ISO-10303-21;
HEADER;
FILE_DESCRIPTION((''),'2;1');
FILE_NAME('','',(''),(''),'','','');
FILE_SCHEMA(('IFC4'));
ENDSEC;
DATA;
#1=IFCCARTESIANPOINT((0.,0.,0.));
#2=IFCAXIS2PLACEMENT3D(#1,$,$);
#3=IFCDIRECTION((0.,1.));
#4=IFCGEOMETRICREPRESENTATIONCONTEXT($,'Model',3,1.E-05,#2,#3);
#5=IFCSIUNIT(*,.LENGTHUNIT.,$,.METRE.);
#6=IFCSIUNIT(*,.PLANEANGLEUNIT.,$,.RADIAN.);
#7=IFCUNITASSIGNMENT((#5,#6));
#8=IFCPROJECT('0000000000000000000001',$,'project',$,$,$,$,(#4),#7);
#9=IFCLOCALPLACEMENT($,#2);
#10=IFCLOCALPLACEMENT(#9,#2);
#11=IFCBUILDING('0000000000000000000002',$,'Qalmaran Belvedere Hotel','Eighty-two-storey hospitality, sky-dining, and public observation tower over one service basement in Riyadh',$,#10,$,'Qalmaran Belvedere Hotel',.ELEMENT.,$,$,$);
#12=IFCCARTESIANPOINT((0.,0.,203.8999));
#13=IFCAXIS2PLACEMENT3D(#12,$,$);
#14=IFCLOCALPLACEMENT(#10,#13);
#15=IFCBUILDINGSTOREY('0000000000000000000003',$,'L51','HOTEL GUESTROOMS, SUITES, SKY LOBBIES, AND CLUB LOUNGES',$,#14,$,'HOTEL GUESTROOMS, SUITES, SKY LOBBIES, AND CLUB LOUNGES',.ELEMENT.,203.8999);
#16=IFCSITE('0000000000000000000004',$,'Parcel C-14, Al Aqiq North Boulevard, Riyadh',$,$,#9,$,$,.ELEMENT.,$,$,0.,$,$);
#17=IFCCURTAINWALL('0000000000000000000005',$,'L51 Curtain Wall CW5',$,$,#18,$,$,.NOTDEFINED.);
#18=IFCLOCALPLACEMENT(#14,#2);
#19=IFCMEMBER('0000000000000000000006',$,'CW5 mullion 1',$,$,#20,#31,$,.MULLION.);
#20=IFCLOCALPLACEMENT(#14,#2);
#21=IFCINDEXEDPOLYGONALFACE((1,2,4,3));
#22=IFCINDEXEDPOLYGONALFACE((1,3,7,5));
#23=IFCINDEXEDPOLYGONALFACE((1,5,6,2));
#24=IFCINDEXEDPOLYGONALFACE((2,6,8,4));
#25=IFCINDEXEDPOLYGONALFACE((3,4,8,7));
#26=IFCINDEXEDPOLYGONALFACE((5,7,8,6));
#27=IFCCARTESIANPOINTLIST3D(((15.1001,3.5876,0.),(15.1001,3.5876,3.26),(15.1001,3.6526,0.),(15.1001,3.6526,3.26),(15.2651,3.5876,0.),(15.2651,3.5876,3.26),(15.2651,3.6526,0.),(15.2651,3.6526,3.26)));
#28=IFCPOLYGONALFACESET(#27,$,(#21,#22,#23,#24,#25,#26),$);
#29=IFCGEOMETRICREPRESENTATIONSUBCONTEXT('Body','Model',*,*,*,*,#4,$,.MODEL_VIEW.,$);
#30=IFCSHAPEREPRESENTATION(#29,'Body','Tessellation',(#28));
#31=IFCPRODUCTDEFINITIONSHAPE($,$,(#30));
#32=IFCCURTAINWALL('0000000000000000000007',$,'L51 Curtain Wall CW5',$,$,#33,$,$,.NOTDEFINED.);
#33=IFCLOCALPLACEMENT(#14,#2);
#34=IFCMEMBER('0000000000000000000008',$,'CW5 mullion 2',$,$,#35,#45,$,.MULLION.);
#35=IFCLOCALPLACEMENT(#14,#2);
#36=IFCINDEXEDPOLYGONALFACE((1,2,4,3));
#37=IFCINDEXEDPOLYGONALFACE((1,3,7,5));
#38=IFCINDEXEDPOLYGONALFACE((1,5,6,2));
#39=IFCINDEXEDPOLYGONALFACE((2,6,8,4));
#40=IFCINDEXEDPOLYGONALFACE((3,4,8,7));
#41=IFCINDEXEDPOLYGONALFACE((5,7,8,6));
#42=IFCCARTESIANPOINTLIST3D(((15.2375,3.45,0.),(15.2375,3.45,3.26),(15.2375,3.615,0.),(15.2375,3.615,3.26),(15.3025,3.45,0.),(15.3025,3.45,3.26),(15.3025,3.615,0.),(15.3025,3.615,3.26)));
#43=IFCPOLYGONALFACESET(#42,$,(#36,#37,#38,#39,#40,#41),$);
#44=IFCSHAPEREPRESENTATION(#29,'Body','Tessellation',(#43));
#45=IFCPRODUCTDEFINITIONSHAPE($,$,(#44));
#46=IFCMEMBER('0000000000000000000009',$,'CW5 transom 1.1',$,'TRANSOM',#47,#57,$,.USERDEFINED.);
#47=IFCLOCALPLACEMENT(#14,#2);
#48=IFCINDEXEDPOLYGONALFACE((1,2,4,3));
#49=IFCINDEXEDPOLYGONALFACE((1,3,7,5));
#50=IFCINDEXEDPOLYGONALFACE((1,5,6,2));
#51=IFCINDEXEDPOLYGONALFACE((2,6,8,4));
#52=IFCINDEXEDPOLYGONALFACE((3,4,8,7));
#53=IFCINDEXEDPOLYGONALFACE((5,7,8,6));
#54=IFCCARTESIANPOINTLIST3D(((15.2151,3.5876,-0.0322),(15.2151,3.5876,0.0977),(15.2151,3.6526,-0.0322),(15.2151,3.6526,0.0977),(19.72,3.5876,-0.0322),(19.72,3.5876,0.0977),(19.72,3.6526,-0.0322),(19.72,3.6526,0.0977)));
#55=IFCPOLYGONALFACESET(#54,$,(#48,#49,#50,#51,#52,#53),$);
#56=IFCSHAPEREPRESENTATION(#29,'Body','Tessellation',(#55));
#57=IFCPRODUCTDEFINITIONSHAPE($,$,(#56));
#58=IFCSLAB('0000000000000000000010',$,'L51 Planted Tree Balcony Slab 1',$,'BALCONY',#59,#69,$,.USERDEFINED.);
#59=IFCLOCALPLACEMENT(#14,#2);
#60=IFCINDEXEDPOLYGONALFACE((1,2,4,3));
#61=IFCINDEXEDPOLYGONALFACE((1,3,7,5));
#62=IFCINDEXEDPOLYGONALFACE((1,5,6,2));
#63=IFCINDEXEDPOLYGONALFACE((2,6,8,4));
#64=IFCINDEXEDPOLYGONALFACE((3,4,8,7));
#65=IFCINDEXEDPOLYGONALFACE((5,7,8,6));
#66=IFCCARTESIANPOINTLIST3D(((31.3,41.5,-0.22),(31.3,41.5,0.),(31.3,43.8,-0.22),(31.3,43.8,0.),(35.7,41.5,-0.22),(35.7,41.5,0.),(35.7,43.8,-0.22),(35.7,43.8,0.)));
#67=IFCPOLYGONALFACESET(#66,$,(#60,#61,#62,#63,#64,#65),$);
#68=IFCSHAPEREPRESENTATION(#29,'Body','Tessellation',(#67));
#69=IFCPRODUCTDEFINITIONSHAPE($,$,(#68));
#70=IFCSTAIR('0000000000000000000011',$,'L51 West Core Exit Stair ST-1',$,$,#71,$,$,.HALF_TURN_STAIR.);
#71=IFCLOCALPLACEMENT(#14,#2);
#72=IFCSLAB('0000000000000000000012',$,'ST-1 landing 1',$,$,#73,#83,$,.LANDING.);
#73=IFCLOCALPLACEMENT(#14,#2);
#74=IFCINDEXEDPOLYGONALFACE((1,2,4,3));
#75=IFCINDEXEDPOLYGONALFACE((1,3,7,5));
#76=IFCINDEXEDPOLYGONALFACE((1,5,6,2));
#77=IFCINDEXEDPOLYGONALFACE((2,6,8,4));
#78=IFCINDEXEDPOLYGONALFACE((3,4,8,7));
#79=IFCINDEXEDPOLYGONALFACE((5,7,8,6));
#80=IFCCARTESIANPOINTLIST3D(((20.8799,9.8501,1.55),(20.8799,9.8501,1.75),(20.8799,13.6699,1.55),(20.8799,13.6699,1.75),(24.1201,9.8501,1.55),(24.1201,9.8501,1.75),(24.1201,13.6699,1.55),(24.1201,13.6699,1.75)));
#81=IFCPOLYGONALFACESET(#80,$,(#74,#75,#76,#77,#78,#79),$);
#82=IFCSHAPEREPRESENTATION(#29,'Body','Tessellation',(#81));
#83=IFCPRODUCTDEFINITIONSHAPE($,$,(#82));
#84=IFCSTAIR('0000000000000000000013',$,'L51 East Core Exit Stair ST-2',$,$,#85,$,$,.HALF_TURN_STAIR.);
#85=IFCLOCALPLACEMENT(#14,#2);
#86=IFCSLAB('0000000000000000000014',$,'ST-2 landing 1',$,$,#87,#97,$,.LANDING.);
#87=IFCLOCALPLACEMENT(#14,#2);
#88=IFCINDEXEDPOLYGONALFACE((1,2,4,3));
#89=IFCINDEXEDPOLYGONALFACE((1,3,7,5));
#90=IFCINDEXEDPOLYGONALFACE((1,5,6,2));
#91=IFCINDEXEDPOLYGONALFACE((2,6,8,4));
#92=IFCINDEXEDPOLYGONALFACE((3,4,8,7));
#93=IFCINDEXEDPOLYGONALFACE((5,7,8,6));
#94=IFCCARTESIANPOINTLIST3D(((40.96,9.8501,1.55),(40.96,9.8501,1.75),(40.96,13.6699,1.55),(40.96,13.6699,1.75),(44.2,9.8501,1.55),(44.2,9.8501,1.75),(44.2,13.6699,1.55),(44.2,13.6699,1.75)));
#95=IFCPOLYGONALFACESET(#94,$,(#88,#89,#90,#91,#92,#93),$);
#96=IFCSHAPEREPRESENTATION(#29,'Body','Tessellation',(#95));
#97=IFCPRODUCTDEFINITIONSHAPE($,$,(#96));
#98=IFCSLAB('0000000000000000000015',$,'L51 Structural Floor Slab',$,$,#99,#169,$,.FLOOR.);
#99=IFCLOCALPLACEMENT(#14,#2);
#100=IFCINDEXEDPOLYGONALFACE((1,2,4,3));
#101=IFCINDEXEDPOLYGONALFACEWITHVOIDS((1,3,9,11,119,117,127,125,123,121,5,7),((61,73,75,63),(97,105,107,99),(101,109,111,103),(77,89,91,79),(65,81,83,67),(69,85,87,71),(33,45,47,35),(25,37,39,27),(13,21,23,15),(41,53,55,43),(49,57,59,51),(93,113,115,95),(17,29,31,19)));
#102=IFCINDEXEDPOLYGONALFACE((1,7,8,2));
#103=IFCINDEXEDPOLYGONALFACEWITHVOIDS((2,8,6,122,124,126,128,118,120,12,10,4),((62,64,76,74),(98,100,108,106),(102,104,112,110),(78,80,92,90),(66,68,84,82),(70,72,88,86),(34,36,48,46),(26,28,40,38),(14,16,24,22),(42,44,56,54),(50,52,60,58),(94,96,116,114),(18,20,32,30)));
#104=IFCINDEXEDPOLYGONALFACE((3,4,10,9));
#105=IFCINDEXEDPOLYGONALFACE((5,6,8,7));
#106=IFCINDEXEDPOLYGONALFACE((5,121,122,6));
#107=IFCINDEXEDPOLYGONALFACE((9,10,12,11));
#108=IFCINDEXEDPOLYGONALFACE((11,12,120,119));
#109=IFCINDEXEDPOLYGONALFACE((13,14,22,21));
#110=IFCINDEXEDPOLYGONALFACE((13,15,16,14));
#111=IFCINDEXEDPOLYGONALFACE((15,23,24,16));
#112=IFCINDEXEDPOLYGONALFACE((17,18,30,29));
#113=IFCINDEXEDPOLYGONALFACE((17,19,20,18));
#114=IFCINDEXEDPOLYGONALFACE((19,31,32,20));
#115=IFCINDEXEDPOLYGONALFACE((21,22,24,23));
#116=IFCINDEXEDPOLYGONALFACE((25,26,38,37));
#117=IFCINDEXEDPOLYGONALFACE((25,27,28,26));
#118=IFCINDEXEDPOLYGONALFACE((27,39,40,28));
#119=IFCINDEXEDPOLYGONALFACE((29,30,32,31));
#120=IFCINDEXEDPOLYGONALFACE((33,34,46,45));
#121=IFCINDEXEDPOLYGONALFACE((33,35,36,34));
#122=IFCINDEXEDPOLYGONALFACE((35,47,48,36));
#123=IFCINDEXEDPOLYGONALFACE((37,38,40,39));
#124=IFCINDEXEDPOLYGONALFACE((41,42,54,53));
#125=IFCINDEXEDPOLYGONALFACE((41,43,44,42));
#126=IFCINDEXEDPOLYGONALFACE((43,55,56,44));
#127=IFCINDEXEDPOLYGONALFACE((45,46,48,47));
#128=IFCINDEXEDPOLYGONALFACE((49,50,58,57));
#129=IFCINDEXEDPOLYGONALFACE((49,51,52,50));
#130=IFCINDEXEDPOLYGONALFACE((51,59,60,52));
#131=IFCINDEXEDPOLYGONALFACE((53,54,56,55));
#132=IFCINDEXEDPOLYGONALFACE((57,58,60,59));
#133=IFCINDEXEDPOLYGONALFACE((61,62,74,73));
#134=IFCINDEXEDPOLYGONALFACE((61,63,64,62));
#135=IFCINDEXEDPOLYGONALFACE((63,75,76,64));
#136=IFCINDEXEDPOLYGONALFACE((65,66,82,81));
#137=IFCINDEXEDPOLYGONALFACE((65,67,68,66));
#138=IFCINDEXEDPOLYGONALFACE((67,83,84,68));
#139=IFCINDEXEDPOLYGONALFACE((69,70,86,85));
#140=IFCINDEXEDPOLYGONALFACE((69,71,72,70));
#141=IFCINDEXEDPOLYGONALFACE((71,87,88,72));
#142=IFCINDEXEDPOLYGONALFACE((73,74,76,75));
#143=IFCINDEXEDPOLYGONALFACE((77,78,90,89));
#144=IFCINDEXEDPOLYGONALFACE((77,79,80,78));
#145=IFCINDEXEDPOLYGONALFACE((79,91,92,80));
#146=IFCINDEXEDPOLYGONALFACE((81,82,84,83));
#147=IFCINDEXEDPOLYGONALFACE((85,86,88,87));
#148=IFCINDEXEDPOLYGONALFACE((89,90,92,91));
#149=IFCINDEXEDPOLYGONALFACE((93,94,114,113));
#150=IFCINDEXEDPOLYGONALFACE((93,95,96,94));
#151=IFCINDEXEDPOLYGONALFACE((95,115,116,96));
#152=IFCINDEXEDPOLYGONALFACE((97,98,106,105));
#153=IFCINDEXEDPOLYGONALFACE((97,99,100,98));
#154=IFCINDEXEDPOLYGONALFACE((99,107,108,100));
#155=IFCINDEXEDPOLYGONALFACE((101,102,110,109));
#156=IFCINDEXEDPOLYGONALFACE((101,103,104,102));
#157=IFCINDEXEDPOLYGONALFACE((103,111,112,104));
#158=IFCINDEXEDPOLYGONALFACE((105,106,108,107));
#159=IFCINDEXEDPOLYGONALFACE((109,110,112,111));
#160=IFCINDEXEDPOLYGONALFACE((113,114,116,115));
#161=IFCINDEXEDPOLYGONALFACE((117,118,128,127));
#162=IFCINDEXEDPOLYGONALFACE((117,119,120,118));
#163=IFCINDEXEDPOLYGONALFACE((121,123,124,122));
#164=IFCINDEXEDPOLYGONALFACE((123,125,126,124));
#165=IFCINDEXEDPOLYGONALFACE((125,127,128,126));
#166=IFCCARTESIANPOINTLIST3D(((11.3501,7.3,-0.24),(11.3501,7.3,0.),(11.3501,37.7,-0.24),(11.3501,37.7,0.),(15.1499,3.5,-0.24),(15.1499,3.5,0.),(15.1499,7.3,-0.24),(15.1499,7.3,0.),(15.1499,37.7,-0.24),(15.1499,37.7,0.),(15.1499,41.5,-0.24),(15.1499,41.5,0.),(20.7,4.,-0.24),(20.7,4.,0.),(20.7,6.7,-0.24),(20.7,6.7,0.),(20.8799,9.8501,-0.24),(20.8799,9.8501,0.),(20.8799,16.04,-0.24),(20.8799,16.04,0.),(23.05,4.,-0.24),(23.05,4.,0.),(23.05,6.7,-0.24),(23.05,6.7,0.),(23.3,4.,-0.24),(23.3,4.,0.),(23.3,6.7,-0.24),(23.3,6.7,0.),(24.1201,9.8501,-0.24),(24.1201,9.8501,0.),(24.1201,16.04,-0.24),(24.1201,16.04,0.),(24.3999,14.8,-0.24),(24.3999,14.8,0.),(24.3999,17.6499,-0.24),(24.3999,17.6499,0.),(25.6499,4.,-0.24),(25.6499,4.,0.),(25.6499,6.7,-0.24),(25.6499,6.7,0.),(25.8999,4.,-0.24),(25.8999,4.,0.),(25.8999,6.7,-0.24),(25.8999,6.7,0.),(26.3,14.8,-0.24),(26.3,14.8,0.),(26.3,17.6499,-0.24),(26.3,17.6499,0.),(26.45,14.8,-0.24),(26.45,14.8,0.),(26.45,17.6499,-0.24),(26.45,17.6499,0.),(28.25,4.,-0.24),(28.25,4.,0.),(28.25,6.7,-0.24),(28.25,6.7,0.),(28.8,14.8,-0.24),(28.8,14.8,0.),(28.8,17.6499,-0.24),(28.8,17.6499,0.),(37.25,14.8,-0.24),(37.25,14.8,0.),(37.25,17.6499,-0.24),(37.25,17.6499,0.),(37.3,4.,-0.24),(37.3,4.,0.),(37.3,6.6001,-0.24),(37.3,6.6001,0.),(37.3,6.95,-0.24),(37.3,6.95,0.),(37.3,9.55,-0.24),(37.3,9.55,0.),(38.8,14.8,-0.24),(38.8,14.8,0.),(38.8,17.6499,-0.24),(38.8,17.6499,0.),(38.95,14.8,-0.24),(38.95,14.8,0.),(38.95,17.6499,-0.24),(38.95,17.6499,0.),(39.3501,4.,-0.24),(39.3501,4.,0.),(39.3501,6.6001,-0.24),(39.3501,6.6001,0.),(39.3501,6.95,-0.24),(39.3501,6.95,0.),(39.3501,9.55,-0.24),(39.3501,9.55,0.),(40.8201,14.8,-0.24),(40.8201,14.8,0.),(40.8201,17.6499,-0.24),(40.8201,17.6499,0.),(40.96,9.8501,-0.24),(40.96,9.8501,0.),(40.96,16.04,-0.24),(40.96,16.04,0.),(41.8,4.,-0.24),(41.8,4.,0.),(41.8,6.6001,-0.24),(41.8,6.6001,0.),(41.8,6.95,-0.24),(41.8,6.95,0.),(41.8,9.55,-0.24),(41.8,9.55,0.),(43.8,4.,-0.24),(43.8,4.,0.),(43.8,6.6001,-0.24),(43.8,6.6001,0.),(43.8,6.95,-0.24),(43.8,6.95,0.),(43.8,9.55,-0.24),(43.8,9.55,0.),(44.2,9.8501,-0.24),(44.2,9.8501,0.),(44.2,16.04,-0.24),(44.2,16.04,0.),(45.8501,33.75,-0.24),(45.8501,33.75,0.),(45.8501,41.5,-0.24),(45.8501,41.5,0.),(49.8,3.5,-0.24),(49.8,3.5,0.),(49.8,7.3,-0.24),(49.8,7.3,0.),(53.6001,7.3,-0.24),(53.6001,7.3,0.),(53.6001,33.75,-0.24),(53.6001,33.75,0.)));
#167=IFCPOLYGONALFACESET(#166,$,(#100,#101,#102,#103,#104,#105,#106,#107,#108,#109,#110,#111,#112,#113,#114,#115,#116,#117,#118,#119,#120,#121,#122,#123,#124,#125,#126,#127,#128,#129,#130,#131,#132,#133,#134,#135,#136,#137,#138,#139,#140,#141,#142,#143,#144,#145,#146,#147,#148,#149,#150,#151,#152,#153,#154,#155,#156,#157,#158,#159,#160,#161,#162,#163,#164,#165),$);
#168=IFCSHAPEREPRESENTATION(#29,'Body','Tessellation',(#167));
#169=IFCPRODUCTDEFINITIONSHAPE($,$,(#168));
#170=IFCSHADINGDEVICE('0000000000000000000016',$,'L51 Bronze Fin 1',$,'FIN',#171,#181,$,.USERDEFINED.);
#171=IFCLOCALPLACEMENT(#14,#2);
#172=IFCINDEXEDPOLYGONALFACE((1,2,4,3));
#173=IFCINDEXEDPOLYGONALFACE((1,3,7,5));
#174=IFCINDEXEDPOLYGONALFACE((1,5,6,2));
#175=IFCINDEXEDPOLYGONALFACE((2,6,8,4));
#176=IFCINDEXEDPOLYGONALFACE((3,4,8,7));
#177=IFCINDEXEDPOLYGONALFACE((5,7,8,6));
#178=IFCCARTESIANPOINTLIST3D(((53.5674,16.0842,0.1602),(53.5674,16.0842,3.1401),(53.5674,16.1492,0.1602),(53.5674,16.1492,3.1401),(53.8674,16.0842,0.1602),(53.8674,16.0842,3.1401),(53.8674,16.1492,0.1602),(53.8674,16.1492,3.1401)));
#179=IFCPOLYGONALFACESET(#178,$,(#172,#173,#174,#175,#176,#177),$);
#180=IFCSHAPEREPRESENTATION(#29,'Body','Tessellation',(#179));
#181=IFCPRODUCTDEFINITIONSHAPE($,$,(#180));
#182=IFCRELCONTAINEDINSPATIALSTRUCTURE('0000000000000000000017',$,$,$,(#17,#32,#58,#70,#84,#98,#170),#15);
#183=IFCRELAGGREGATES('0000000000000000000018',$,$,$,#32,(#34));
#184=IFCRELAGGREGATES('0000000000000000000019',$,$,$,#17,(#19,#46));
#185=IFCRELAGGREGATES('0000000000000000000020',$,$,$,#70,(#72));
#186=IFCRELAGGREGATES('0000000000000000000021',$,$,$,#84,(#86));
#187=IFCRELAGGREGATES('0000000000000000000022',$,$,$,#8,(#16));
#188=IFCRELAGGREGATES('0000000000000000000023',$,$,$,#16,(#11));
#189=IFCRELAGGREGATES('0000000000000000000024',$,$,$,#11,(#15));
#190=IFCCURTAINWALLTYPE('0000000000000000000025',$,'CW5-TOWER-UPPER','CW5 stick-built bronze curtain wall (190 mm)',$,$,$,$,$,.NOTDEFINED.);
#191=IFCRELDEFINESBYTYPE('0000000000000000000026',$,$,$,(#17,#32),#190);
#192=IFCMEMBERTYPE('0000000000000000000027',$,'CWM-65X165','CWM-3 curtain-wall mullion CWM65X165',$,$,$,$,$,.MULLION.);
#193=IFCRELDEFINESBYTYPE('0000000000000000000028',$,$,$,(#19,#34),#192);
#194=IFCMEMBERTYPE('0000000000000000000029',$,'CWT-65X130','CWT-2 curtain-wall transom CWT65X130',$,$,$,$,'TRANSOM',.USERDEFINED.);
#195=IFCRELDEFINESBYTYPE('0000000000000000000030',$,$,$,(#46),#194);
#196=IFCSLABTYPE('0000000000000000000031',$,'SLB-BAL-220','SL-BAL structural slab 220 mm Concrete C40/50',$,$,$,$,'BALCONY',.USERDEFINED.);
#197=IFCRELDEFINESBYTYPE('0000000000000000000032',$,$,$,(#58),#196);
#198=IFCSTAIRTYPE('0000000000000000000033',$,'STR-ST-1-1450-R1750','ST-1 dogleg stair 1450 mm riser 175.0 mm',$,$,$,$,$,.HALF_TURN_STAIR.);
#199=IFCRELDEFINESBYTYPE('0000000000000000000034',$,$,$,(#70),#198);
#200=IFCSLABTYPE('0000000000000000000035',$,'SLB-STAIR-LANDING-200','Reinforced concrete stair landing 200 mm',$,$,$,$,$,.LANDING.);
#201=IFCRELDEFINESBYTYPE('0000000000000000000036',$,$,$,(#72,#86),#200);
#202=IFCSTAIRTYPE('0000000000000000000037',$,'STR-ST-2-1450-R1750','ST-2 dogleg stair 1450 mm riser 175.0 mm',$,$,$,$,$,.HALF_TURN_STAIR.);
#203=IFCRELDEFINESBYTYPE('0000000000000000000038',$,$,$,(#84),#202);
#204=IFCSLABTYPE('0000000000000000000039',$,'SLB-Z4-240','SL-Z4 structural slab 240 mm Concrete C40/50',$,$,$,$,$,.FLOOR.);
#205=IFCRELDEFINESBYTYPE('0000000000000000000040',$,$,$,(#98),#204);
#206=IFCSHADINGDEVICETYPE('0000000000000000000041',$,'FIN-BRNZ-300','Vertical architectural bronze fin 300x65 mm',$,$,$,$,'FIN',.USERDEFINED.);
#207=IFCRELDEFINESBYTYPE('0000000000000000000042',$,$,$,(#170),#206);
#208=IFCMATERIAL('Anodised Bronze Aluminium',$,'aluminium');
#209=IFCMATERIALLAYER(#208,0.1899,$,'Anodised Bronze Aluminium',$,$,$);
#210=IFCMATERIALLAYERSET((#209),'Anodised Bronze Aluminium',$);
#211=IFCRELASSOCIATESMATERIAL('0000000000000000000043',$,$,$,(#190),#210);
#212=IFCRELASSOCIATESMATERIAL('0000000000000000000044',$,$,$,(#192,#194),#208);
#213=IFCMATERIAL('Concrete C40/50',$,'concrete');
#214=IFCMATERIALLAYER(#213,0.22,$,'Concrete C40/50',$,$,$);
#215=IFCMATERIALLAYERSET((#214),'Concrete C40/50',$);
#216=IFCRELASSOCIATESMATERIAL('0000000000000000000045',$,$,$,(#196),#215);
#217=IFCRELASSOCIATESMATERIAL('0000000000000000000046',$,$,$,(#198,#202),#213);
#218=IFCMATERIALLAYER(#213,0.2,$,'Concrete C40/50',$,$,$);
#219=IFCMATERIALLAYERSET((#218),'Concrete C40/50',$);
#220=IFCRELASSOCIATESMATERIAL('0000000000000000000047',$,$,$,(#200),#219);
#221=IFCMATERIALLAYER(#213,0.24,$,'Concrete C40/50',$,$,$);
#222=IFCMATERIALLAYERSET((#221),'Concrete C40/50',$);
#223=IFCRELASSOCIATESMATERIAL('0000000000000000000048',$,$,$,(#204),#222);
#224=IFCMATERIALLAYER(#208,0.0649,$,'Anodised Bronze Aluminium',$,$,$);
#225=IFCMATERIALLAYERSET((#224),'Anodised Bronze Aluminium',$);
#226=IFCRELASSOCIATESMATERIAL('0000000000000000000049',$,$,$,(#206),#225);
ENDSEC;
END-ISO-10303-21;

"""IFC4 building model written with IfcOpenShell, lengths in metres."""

from ifc_helpers import new_model, si_unit, direction, frame, origin, origin_2d, place, context, subcontext, project, spatial, polyline, rectangle, outline, extrude, material, layer, layer_set, material_profile, profile_set, type_object, element, aggregate, save


model = new_model("IFC4")

# Units and contexts
model_context = context("Model", 3, precision=1e-05, world=origin(), true_north=direction((0.0, 1.0)))
body_context = subcontext(model_context, "Body", "Model", "MODEL_VIEW")
ifc_project = project(units=[si_unit("LENGTHUNIT", "METRE"), si_unit("PLANEANGLEUNIT", "RADIAN")], contexts=[model_context])

# Site, building, storey
site_placement = place(None, origin())
site = spatial("IfcSite", under=ifc_project, at=site_placement, Name="Parcel C-14, Al Aqiq North Boulevard, Riyadh", CompositionType="ELEMENT", RefElevation=0.0)
building_placement = place(site_placement, origin())
building = spatial("IfcBuilding", under=site, at=building_placement, Name="Qalmaran Belvedere Hotel", Description="Eighty-two-storey hospitality, sky-dining, and public observation tower over one service basement in Riyadh", LongName="Qalmaran Belvedere Hotel", CompositionType="ELEMENT")
storey_placement = place(building_placement, frame((0.0, 0.0, 203.8999)))
storey = spatial("IfcBuildingStorey", under=building, at=storey_placement, Name="L51", Description="HOTEL GUESTROOMS, SUITES, SKY LOBBIES, AND CLUB LOUNGES", LongName="HOTEL GUESTROOMS, SUITES, SKY LOBBIES, AND CLUB LOUNGES", CompositionType="ELEMENT", Elevation=203.8999)

# Curtain walls, members
ifc_material_1 = material(Name="Anodised Bronze Aluminium", Category="aluminium")
ifc_layer_1 = layer(ifc_material_1, 0.1899, Name="Anodised Bronze Aluminium")
ifc_layer_set_1 = layer_set([ifc_layer_1], Name="Anodised Bronze Aluminium")
curtain_wall_type = type_object("IfcCurtainWallType", Name="CW5-TOWER-UPPER", Description="CW5 stick-built bronze curtain wall (190 mm)", PredefinedType="NOTDEFINED", material=ifc_layer_set_1)
curtain_wall_1_placement = place(storey_placement, origin())
curtain_wall_1 = element("IfcCurtainWall", 1, at=curtain_wall_1_placement, inside=storey, type_object=curtain_wall_type, Name="L51 Curtain Wall CW5", PredefinedType="NOTDEFINED")
ifc_material_profile_1 = material_profile(ifc_material_1, rectangle(XDim=0.0649, YDim=0.165, at=origin_2d()), Name="CWM65X165")
ifc_profile_set_1 = profile_set([ifc_material_profile_1], Name="Anodised Bronze Aluminium")
member_type_1 = type_object("IfcMemberType", Name="CWM-65X165", Description="CWM-3 curtain-wall mullion CWM65X165", PredefinedType="MULLION", material=ifc_profile_set_1)
member_1_placement = place(storey_placement, frame((15.1826, 3.6201, 0.0), z_axis=(0.0, 0.0, 1.0), x_axis=(0.0, 1.0, 0.0)))
member_1 = element("IfcMember", 2, at=member_1_placement, type_object=member_type_1, Name="CW5 mullion 1", PredefinedType="MULLION", context=body_context, shape_type="SweptSolid", body=[
    extrude(rectangle(XDim=0.0649, YDim=0.165, at=origin_2d()), origin(), (0.0, 0.0, 1.0), 3.26),
])
curtain_wall_2_placement = place(storey_placement, origin())
curtain_wall_2 = element("IfcCurtainWall", 3, at=curtain_wall_2_placement, inside=storey, type_object=curtain_wall_type, Name="L51 Curtain Wall CW5", PredefinedType="NOTDEFINED")
member_2_placement = place(storey_placement, frame((15.27, 3.5325, 0.0), z_axis=(0.0, 0.0, 1.0), x_axis=(1.0, 0.0, 0.0)))
member_2 = element("IfcMember", 4, at=member_2_placement, type_object=member_type_1, Name="CW5 mullion 2", PredefinedType="MULLION", context=body_context, shape_type="SweptSolid", body=[
    extrude(rectangle(XDim=0.0649, YDim=0.165, at=origin_2d()), origin(), (0.0, 0.0, 1.0), 3.26),
])
aggregate(curtain_wall_2, [member_2])

# Member
ifc_material_profile_2 = material_profile(ifc_material_1, rectangle(XDim=0.0649, YDim=0.1299, at=origin_2d()), Name="CWT65X130")
ifc_profile_set_2 = profile_set([ifc_material_profile_2], Name="Anodised Bronze Aluminium")
member_type_2 = type_object("IfcMemberType", Name="CWT-65X130", Description="CWT-2 curtain-wall transom CWT65X130", ElementType="TRANSOM", PredefinedType="USERDEFINED", material=ifc_profile_set_2)
member_3_placement = place(storey_placement, frame((15.2151, 3.6201, 0.0327), z_axis=(1.0, 0.0, 0.0), x_axis=(0.0, 1.0, 0.0)))
member_3 = element("IfcMember", 5, at=member_3_placement, type_object=member_type_2, Name="CW5 transom 1.1", ObjectType="TRANSOM", PredefinedType="USERDEFINED", context=body_context, shape_type="SweptSolid", body=[
    extrude(rectangle(XDim=0.0649, YDim=0.1299, at=origin_2d()), origin(), (0.0, 0.0, 1.0), 4.5049),
])
aggregate(curtain_wall_1, [member_1, member_3])

# Slab
ifc_material_2 = material(Name="Concrete C40/50", Category="concrete")
ifc_layer_2 = layer(ifc_material_2, 0.22, Name="Concrete C40/50")
ifc_layer_set_2 = layer_set([ifc_layer_2], Name="Concrete C40/50")
slab_type_1 = type_object("IfcSlabType", Name="SLB-BAL-220", Description="SL-BAL structural slab 220 mm Concrete C40/50", ElementType="BALCONY", PredefinedType="USERDEFINED", material=ifc_layer_set_2)
slab_1_placement = place(storey_placement, frame((0.0, 0.0, -0.22)))
element("IfcSlab", 6, at=slab_1_placement, inside=storey, type_object=slab_type_1, Name="L51 Planted Tree Balcony Slab 1", ObjectType="BALCONY", PredefinedType="USERDEFINED", context=body_context, shape_type="SweptSolid", body=[
    extrude(outline(polyline([(31.3, 41.5), (35.7, 41.5), (35.7, 43.8), (31.3, 43.8), (31.3, 41.5)])), origin(), (0.0, 0.0, 1.0), 0.22),
])

# Stairs, slabs
stair_type_1 = type_object("IfcStairType", Name="STR-ST-1-1450-R1750", Description="ST-1 dogleg stair 1450 mm riser 175.0 mm", PredefinedType="HALF_TURN_STAIR", material=ifc_material_2)
stair_1_placement = place(storey_placement, origin())
stair_1 = element("IfcStair", 7, at=stair_1_placement, inside=storey, type_object=stair_type_1, Name="L51 West Core Exit Stair ST-1", PredefinedType="HALF_TURN_STAIR")
ifc_layer_3 = layer(ifc_material_2, 0.2, Name="Concrete C40/50")
ifc_layer_set_3 = layer_set([ifc_layer_3], Name="Concrete C40/50")
slab_type_2 = type_object("IfcSlabType", Name="SLB-STAIR-LANDING-200", Description="Reinforced concrete stair landing 200 mm", PredefinedType="LANDING", material=ifc_layer_set_3)
slab_2_placement = place(storey_placement, frame((0.0, 0.0, 1.55)))
slab_2 = element("IfcSlab", 8, at=slab_2_placement, type_object=slab_type_2, Name="ST-1 landing 1", PredefinedType="LANDING", context=body_context, shape_type="SweptSolid", body=[
    extrude(outline(polyline([(20.8799, 13.6699), (20.8799, 9.8501), (24.1201, 9.8501), (24.1201, 13.6699), (20.8799, 13.6699)])), origin(), (0.0, 0.0, 1.0), 0.2),
])
aggregate(stair_1, [slab_2])
stair_type_2 = type_object("IfcStairType", Name="STR-ST-2-1450-R1750", Description="ST-2 dogleg stair 1450 mm riser 175.0 mm", PredefinedType="HALF_TURN_STAIR", material=ifc_material_2)
stair_2_placement = place(storey_placement, origin())
stair_2 = element("IfcStair", 9, at=stair_2_placement, inside=storey, type_object=stair_type_2, Name="L51 East Core Exit Stair ST-2", PredefinedType="HALF_TURN_STAIR")
slab_3_placement = place(storey_placement, frame((0.0, 0.0, 1.55)))
slab_3 = element("IfcSlab", 10, at=slab_3_placement, type_object=slab_type_2, Name="ST-2 landing 1", PredefinedType="LANDING", context=body_context, shape_type="SweptSolid", body=[
    extrude(outline(polyline([(40.96, 13.6699), (40.96, 9.8501), (44.2, 9.8501), (44.2, 13.6699), (40.96, 13.6699)])), origin(), (0.0, 0.0, 1.0), 0.2),
])
aggregate(stair_2, [slab_3])

# Slab
ifc_layer_4 = layer(ifc_material_2, 0.24, Name="Concrete C40/50")
ifc_layer_set_4 = layer_set([ifc_layer_4], Name="Concrete C40/50")
slab_type_3 = type_object("IfcSlabType", Name="SLB-Z4-240", Description="SL-Z4 structural slab 240 mm Concrete C40/50", PredefinedType="FLOOR", material=ifc_layer_set_4)
slab_4_placement = place(storey_placement, frame((0.0, 0.0, -0.24)))
element("IfcSlab", 11, at=slab_4_placement, inside=storey, type_object=slab_type_3, Name="L51 Structural Floor Slab", PredefinedType="FLOOR", context=body_context, shape_type="SweptSolid", body=[
    extrude(outline(polyline([(15.1499, 3.5), (49.8, 3.5), (49.8, 7.3), (53.6001, 7.3), (53.6001, 33.75), (45.8501, 33.75), (45.8501, 41.5), (15.1499, 41.5), (15.1499, 37.7), (11.3501, 37.7), (11.3501, 7.3), (15.1499, 7.3), (15.1499, 3.5)]), holes=[polyline([(20.8799, 9.8501), (24.1201, 9.8501), (24.1201, 16.04), (20.8799, 16.04), (20.8799, 9.8501)]), polyline([(40.96, 9.8501), (44.2, 9.8501), (44.2, 16.04), (40.96, 16.04), (40.96, 9.8501)]), polyline([(37.3, 4.0), (39.3501, 4.0), (39.3501, 6.6001), (37.3, 6.6001), (37.3, 4.0)]), polyline([(37.3, 6.95), (39.3501, 6.95), (39.3501, 9.55), (37.3, 9.55), (37.3, 6.95)]), polyline([(41.8, 4.0), (43.8, 4.0), (43.8, 6.6001), (41.8, 6.6001), (41.8, 4.0)]), polyline([(41.8, 6.95), (43.8, 6.95), (43.8, 9.55), (41.8, 9.55), (41.8, 6.95)]), polyline([(20.7, 4.0), (23.05, 4.0), (23.05, 6.7), (20.7, 6.7), (20.7, 4.0)]), polyline([(23.3, 4.0), (25.6499, 4.0), (25.6499, 6.7), (23.3, 6.7), (23.3, 4.0)]), polyline([(25.8999, 4.0), (28.25, 4.0), (28.25, 6.7), (25.8999, 6.7), (25.8999, 4.0)]), polyline([(24.3999, 14.8), (26.3, 14.8), (26.3, 17.6499), (24.3999, 17.6499), (24.3999, 14.8)]), polyline([(38.95, 14.8), (40.8201, 14.8), (40.8201, 17.6499), (38.95, 17.6499), (38.95, 14.8)]), polyline([(26.45, 14.8), (28.8, 14.8), (28.8, 17.6499), (26.45, 17.6499), (26.45, 14.8)]), polyline([(37.25, 14.8), (38.8, 14.8), (38.8, 17.6499), (37.25, 17.6499), (37.25, 14.8)])]), origin(), (0.0, 0.0, 1.0), 0.24),
])

# Shading device
ifc_layer_5 = layer(ifc_material_1, 0.0649, Name="Anodised Bronze Aluminium")
ifc_layer_set_5 = layer_set([ifc_layer_5], Name="Anodised Bronze Aluminium")
shading_device_type = type_object("IfcShadingDeviceType", Name="FIN-BRNZ-300", Description="Vertical architectural bronze fin 300x65 mm", ElementType="FIN", PredefinedType="USERDEFINED", material=ifc_layer_set_5)
shading_device_1_placement = place(storey_placement, frame((0.0, 0.0, 0.1602)))
element("IfcShadingDevice", 12, at=shading_device_1_placement, inside=storey, type_object=shading_device_type, Name="L51 Bronze Fin 1", ObjectType="FIN", PredefinedType="USERDEFINED", context=body_context, shape_type="SweptSolid", body=[
    extrude(outline(polyline([(53.5674, 16.0842), (53.8674, 16.0842), (53.8674, 16.1492), (53.5674, 16.1492), (53.5674, 16.0842)])), origin(), (0.0, 0.0, 1.0), 2.98),
])

save(model, "model.ifc")
